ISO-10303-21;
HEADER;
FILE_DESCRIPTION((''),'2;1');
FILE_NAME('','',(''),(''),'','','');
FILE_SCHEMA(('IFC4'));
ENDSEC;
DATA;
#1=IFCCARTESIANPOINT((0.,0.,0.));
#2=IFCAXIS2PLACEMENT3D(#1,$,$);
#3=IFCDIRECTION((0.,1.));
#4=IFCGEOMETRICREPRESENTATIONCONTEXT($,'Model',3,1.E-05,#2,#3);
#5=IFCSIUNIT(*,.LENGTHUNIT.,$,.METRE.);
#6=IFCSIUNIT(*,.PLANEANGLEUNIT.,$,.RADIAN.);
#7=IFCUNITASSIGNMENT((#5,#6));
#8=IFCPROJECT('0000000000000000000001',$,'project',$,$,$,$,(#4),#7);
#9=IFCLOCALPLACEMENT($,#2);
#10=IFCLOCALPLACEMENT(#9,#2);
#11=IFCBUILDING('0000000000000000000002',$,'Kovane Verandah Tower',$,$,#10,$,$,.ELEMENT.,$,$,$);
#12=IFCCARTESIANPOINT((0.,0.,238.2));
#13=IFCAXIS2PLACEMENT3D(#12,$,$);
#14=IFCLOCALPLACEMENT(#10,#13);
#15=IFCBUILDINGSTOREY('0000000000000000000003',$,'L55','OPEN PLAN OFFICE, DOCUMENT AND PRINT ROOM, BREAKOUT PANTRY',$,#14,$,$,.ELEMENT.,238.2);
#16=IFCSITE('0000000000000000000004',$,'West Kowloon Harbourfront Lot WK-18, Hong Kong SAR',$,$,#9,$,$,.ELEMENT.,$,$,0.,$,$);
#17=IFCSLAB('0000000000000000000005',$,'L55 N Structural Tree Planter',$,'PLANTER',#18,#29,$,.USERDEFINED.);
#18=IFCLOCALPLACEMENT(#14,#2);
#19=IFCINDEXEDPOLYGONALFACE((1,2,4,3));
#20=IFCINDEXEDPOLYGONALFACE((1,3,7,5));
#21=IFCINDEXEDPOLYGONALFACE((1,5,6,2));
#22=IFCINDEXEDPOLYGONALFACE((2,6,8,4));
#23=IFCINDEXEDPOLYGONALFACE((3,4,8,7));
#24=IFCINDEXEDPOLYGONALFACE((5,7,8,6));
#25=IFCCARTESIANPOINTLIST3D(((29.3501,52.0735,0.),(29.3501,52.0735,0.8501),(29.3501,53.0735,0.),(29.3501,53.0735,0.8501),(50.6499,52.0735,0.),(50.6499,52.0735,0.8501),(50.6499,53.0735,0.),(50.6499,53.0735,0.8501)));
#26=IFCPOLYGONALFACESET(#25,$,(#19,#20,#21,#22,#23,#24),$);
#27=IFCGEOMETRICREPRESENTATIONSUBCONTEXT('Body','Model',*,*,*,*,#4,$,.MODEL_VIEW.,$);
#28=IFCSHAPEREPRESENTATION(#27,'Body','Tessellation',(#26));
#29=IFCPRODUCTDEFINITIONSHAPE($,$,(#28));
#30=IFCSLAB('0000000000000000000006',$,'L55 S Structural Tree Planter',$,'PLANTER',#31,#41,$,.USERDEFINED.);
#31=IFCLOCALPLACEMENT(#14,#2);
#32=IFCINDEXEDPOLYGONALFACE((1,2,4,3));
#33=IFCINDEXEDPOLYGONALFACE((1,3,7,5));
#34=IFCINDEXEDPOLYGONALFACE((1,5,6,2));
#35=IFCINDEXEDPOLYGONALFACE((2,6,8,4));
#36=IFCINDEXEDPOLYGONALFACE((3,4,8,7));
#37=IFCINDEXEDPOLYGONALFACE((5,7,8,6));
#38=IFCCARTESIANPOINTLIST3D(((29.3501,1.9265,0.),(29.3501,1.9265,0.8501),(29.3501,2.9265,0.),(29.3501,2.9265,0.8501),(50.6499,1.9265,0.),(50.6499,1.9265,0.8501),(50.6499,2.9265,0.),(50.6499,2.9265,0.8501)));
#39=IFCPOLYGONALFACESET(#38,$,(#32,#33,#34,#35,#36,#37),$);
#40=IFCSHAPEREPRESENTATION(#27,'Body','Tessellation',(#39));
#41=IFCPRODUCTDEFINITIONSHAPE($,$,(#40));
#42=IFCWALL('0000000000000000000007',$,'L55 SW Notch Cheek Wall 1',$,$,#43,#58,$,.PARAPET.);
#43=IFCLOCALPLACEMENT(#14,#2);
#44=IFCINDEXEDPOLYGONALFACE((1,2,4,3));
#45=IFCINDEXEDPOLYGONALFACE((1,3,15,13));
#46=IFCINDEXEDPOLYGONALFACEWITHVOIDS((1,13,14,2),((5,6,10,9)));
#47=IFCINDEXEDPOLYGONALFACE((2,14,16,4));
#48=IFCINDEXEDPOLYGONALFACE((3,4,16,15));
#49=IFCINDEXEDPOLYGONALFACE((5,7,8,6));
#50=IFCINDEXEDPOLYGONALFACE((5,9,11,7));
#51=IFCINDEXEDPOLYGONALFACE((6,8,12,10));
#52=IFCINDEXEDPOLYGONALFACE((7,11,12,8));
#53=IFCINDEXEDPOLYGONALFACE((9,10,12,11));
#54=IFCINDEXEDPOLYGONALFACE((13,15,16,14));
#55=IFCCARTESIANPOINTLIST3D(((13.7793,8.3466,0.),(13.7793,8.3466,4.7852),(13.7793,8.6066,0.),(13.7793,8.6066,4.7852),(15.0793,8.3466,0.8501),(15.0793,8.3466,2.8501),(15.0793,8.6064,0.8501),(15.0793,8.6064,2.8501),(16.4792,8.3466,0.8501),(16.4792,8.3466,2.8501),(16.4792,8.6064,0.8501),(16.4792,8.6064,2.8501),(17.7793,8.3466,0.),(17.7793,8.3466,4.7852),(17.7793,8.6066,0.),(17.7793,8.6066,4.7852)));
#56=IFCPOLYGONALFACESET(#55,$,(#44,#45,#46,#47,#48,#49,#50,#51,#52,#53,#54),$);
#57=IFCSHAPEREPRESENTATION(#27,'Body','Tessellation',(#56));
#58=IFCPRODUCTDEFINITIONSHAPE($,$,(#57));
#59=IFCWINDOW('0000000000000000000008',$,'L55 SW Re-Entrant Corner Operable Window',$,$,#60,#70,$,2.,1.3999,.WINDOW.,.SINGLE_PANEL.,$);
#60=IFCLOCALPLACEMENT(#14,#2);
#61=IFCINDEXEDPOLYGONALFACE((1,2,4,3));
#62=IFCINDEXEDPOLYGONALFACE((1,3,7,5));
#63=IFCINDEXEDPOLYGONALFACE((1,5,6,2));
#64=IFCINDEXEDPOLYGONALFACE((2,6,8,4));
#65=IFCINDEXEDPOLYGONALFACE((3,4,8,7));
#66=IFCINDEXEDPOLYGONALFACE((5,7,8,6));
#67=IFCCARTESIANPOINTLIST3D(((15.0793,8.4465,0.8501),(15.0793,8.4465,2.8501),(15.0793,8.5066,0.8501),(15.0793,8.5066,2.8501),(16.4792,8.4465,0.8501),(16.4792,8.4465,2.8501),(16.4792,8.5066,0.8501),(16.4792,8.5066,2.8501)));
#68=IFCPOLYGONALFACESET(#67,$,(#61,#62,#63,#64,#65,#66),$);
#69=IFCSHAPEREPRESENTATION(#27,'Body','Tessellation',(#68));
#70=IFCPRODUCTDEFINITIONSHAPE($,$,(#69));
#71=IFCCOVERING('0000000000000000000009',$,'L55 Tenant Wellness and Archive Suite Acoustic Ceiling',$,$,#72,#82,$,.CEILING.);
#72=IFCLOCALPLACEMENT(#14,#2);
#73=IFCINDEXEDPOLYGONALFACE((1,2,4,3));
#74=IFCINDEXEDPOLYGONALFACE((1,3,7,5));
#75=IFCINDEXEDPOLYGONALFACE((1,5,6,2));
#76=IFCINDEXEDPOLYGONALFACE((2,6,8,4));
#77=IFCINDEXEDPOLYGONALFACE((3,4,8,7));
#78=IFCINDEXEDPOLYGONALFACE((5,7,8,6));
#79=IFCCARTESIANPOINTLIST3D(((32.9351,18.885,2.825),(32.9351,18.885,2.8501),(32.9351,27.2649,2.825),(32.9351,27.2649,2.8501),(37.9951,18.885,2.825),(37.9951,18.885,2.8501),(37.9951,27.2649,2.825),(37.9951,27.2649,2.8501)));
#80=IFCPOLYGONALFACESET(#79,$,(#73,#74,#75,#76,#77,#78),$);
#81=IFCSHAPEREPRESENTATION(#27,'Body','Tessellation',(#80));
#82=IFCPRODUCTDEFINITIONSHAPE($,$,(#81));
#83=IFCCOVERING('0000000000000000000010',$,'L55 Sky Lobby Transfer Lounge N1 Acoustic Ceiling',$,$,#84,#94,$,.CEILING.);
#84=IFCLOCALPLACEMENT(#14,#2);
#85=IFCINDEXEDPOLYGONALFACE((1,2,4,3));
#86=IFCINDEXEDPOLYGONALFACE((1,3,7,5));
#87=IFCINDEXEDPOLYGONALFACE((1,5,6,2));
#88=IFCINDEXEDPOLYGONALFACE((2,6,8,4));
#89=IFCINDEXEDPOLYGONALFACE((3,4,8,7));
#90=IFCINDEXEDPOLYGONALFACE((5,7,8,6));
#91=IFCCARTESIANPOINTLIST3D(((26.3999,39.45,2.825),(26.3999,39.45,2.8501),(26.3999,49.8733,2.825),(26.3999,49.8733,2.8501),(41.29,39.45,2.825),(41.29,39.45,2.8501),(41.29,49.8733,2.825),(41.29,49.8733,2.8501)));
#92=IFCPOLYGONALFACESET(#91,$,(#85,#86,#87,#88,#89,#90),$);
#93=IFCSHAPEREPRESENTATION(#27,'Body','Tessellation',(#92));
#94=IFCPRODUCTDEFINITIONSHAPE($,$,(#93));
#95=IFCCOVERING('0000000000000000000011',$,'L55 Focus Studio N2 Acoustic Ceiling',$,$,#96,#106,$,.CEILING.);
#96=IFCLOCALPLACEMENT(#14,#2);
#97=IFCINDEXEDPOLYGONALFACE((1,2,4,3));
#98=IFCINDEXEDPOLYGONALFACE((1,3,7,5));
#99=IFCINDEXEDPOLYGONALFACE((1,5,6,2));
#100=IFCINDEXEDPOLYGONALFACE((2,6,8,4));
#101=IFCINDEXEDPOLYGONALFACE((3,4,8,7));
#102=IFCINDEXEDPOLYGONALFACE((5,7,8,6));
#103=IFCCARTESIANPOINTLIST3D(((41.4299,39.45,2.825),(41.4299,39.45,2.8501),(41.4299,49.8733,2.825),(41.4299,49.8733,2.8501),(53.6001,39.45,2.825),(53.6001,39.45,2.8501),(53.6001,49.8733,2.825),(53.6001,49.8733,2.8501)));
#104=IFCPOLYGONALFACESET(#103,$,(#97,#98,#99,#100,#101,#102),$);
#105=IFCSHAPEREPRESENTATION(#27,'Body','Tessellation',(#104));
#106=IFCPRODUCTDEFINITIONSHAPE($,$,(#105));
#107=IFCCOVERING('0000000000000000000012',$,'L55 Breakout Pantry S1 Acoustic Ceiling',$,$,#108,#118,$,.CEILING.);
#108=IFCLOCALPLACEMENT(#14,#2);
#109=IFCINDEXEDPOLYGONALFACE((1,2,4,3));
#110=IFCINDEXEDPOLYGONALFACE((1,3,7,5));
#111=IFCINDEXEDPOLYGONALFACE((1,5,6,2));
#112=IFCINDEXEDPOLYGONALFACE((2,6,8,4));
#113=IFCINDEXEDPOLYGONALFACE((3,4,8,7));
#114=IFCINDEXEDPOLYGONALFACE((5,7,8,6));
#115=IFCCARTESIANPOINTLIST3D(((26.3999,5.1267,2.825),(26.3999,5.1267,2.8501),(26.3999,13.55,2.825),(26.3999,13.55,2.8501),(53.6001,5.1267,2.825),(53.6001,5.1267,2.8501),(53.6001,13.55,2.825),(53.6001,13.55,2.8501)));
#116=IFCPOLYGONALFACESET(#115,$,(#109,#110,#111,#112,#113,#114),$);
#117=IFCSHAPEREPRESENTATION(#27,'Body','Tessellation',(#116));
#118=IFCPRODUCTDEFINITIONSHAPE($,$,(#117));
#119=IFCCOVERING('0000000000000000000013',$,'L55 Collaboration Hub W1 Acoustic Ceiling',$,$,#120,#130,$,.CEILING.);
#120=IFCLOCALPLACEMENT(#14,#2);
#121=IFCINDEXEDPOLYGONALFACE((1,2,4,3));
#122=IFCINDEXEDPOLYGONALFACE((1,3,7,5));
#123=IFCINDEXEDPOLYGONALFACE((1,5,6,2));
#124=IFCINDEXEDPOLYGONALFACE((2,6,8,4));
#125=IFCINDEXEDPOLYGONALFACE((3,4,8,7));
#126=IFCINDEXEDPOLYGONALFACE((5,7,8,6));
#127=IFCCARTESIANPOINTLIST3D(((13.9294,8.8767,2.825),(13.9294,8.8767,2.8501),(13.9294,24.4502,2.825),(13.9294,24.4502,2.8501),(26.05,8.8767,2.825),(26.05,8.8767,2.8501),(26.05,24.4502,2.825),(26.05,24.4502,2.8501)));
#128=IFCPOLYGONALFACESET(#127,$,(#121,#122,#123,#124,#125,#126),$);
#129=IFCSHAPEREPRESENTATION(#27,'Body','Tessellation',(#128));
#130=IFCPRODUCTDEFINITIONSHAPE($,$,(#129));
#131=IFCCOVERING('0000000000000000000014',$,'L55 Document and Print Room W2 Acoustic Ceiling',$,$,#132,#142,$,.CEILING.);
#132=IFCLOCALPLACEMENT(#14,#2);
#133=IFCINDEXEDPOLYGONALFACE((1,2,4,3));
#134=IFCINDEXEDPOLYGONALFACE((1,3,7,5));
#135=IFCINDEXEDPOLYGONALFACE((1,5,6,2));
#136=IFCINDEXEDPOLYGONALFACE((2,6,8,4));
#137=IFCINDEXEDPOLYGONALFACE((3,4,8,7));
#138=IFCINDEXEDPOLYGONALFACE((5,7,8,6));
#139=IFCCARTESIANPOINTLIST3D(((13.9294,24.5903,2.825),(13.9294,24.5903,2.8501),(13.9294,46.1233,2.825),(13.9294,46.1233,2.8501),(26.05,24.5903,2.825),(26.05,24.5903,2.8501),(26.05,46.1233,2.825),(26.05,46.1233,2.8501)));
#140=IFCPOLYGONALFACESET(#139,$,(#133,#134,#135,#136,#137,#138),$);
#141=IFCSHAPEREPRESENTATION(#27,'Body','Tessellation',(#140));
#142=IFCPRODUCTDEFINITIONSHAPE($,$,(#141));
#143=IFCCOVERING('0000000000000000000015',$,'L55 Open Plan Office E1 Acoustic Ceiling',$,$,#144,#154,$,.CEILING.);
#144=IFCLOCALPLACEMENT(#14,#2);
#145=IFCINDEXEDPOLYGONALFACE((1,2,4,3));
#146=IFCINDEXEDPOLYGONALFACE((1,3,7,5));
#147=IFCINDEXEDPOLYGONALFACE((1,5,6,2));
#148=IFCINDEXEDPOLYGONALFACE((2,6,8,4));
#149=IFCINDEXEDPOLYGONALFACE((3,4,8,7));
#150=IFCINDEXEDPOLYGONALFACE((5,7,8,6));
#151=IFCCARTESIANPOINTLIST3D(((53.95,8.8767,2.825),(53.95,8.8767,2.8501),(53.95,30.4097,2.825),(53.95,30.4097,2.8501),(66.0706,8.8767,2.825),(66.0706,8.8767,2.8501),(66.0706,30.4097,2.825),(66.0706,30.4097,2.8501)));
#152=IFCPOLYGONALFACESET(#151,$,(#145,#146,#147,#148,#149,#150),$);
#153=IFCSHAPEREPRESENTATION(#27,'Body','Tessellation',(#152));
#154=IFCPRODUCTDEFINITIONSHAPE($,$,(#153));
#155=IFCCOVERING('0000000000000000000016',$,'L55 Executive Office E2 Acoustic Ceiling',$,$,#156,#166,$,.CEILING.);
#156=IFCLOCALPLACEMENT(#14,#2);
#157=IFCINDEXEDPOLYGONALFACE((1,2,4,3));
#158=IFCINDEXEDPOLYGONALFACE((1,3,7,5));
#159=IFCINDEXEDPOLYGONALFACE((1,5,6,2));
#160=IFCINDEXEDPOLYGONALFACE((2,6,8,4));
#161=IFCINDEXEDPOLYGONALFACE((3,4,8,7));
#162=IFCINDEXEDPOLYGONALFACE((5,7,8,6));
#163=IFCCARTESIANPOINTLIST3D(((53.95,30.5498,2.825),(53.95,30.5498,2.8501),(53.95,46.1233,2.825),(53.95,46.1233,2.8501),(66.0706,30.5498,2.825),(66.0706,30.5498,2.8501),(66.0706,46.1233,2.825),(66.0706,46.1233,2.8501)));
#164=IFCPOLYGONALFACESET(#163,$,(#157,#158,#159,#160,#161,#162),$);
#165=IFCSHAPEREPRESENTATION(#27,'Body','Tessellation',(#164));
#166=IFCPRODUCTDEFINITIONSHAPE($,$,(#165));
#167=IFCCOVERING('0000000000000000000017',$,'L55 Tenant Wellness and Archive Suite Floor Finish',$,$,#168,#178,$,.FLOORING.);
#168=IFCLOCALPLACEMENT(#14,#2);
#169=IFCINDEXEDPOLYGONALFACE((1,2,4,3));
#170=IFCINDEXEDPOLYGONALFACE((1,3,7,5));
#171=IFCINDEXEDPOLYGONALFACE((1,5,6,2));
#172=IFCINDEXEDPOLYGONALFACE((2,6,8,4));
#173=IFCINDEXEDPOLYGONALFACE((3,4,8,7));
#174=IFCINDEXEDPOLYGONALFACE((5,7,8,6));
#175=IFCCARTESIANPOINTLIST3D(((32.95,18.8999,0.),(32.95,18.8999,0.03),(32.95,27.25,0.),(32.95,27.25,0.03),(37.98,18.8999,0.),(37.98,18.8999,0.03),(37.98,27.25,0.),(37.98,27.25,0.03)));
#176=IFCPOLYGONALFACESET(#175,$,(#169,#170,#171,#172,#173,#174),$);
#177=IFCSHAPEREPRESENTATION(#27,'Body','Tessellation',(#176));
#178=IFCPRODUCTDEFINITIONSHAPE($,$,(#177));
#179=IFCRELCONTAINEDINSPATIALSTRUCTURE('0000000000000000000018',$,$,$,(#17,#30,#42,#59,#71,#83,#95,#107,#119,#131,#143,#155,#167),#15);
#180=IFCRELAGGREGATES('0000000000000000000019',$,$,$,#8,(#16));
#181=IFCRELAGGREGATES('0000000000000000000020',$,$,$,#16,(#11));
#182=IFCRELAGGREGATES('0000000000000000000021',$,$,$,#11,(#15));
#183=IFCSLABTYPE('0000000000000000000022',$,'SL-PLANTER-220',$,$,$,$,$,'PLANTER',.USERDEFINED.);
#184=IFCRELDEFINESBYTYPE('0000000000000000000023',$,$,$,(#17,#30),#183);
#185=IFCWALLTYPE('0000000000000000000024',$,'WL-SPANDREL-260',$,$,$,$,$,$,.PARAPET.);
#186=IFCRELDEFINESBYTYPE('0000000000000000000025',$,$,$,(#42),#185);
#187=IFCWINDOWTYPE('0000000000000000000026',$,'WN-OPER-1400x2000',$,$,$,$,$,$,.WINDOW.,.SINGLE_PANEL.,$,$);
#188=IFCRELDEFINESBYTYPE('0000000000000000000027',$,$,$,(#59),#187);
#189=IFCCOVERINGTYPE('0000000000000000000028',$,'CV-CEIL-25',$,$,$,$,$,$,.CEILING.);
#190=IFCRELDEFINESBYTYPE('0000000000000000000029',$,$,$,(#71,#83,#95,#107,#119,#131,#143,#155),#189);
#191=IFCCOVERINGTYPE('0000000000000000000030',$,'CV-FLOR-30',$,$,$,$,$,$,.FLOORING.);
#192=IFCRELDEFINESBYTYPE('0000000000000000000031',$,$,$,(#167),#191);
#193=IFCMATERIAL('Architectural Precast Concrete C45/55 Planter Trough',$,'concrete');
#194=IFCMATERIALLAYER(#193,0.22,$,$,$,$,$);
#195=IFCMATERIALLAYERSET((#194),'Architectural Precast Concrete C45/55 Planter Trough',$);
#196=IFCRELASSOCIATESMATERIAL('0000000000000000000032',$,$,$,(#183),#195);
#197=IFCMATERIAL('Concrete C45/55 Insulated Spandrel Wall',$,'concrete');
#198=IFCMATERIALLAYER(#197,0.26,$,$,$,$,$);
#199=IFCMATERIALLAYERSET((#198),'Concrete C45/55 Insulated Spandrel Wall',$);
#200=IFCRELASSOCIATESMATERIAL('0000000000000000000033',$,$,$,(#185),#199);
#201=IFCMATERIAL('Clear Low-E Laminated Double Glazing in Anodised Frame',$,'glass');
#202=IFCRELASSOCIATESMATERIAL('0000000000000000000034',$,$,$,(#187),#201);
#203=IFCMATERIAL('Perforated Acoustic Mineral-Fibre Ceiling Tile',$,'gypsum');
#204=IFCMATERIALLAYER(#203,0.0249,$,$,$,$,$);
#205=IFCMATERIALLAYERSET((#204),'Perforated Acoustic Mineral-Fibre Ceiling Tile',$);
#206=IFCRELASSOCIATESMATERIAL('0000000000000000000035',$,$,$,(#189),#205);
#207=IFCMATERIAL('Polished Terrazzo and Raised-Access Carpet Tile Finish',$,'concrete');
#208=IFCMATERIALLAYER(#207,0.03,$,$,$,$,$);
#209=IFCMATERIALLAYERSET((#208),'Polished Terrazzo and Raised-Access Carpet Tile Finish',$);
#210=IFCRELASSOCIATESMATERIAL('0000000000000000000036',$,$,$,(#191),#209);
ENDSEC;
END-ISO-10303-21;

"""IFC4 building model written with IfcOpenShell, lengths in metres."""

from ifc_helpers import new_model, si_unit, direction, frame, frame_2d, origin, place, context, subcontext, project, spatial, polyline, rectangle, outline, extrude, material, layer, layer_set, type_object, element, fill, save


model = new_model("IFC4")

# Units and contexts
model_context = context("Model", 3, precision=1e-05, world=origin(), true_north=direction((0.0, 1.0)))
body_context = subcontext(model_context, "Body", "Model", "MODEL_VIEW")
ifc_project = project(units=[si_unit("LENGTHUNIT", "METRE"), si_unit("PLANEANGLEUNIT", "RADIAN")], contexts=[model_context])

# Site, building, storey
site_placement = place(None, origin())
site = spatial("IfcSite", under=ifc_project, at=site_placement, Name="West Kowloon Harbourfront Lot WK-18, Hong Kong SAR", CompositionType="ELEMENT", RefElevation=0.0)
building_placement = place(site_placement, origin())
building = spatial("IfcBuilding", under=site, at=building_placement, Name="Kovane Verandah Tower", CompositionType="ELEMENT")
storey_placement = place(building_placement, frame((0.0, 0.0, 238.2)))
storey = spatial("IfcBuildingStorey", under=building, at=storey_placement, Name="L55", Description="OPEN PLAN OFFICE, DOCUMENT AND PRINT ROOM, BREAKOUT PANTRY", CompositionType="ELEMENT", Elevation=238.2)

# Slabs
ifc_material_1 = material(Name="Architectural Precast Concrete C45/55 Planter Trough", Category="concrete")
ifc_layer_1 = layer(ifc_material_1, 0.22)
ifc_layer_set_1 = layer_set([ifc_layer_1], Name="Architectural Precast Concrete C45/55 Planter Trough")
slab_type_1 = type_object("IfcSlabType", Name="SL-PLANTER-220", ElementType="PLANTER", PredefinedType="USERDEFINED", material=ifc_layer_set_1)
slab_1_placement = place(storey_placement, origin())
element("IfcSlab", 1, at=slab_1_placement, inside=storey, type_object=slab_type_1, Name="L55 N Structural Tree Planter", ObjectType="PLANTER", PredefinedType="USERDEFINED", context=body_context, shape_type="SweptSolid", body=[
    extrude(outline(polyline([(29.3501, 52.0735), (50.6499, 52.0735), (50.6499, 53.0735), (29.3501, 53.0735), (29.3501, 52.0735)])), origin(), (0.0, 0.0, 1.0), 0.8501),
])
slab_2_placement = place(storey_placement, origin())
element("IfcSlab", 2, at=slab_2_placement, inside=storey, type_object=slab_type_1, Name="L55 S Structural Tree Planter", ObjectType="PLANTER", PredefinedType="USERDEFINED", context=body_context, shape_type="SweptSolid", body=[
    extrude(outline(polyline([(29.3501, 1.9265), (50.6499, 1.9265), (50.6499, 2.9265), (29.3501, 2.9265), (29.3501, 1.9265)])), origin(), (0.0, 0.0, 1.0), 0.8501),
])

# Wall, opening, window
ifc_material_2 = material(Name="Concrete C45/55 Insulated Spandrel Wall", Category="concrete")
ifc_layer_2 = layer(ifc_material_2, 0.26)
ifc_layer_set_2 = layer_set([ifc_layer_2], Name="Concrete C45/55 Insulated Spandrel Wall")
wall_type = type_object("IfcWallType", Name="WL-SPANDREL-260", PredefinedType="PARAPET", material=ifc_layer_set_2)
wall_placement = place(storey_placement, frame((13.7793, 8.4766, 0.0), z_axis=(0.0, 0.0, 1.0), x_axis=(1.0, 0.0, 0.0)))
wall = element("IfcWall", 3, at=wall_placement, inside=storey, type_object=wall_type, Name="L55 SW Notch Cheek Wall 1", PredefinedType="PARAPET", context=body_context, shape_type="SweptSolid", body=[
    extrude(rectangle(XDim=4.0, YDim=0.26, at=frame_2d((2.0, 0.0))), origin(), (0.0, 0.0, 1.0), 4.7852),
])
opening_placement = place(wall_placement, frame((1.3, 0.0, 0.8501)))
opening = element("IfcOpeningElement", 4, at=opening_placement, cuts=wall, PredefinedType="OPENING", context=body_context, shape_type="SweptSolid", body=[
    extrude(rectangle(XDim=1.3999, YDim=2.0, at=frame_2d((0.7, 1.0))), frame((0.0, 0.1299, 0.0), z_axis=(0.0, -1.0, 0.0), x_axis=(1.0, 0.0, 0.0)), (0.0, 0.0, 1.0), 0.26),
])
ifc_material_3 = material(Name="Clear Low-E Laminated Double Glazing in Anodised Frame", Category="glass")
window_type = type_object("IfcWindowType", Name="WN-OPER-1400x2000", PartitioningType="SINGLE_PANEL", PredefinedType="WINDOW", material=ifc_material_3)
window_placement = place(opening_placement, origin())
window = element("IfcWindow", 5, at=window_placement, inside=storey, type_object=window_type, Name="L55 SW Re-Entrant Corner Operable Window", OverallHeight=2.0, OverallWidth=1.3999, PartitioningType="SINGLE_PANEL", PredefinedType="WINDOW", context=body_context, shape_type="SweptSolid", body=[
    extrude(rectangle(XDim=1.3999, YDim=2.0, at=frame_2d((0.7, 1.0))), frame((0.0, 0.03, 0.0), z_axis=(0.0, -1.0, 0.0), x_axis=(1.0, 0.0, 0.0)), (0.0, 0.0, 1.0), 0.0601),
])
fill(opening, window)

# Coverings
ifc_material_4 = material(Name="Perforated Acoustic Mineral-Fibre Ceiling Tile", Category="gypsum")
ifc_layer_3 = layer(ifc_material_4, 0.0249)
ifc_layer_set_3 = layer_set([ifc_layer_3], Name="Perforated Acoustic Mineral-Fibre Ceiling Tile")
covering_type_1 = type_object("IfcCoveringType", Name="CV-CEIL-25", PredefinedType="CEILING", material=ifc_layer_set_3)
covering_1_placement = place(storey_placement, frame((0.0, 0.0, 2.825)))
element("IfcCovering", 6, at=covering_1_placement, inside=storey, type_object=covering_type_1, Name="L55 Tenant Wellness and Archive Suite Acoustic Ceiling", PredefinedType="CEILING", context=body_context, shape_type="SweptSolid", body=[
    extrude(outline(polyline([(32.9351, 18.885), (37.9951, 18.885), (37.9951, 27.2649), (32.9351, 27.2649), (32.9351, 18.885)])), origin(), (0.0, 0.0, 1.0), 0.0251),
])
covering_2_placement = place(storey_placement, frame((0.0, 0.0, 2.825)))
element("IfcCovering", 7, at=covering_2_placement, inside=storey, type_object=covering_type_1, Name="L55 Sky Lobby Transfer Lounge N1 Acoustic Ceiling", PredefinedType="CEILING", context=body_context, shape_type="SweptSolid", body=[
    extrude(outline(polyline([(26.3999, 39.45), (41.29, 39.45), (41.29, 49.8733), (26.3999, 49.8733), (26.3999, 39.45)])), origin(), (0.0, 0.0, 1.0), 0.0251),
])
covering_3_placement = place(storey_placement, frame((0.0, 0.0, 2.825)))
element("IfcCovering", 8, at=covering_3_placement, inside=storey, type_object=covering_type_1, Name="L55 Focus Studio N2 Acoustic Ceiling", PredefinedType="CEILING", context=body_context, shape_type="SweptSolid", body=[
    extrude(outline(polyline([(41.4299, 39.45), (53.6001, 39.45), (53.6001, 49.8733), (41.4299, 49.8733), (41.4299, 39.45)])), origin(), (0.0, 0.0, 1.0), 0.0251),
])
covering_4_placement = place(storey_placement, frame((0.0, 0.0, 2.825)))
element("IfcCovering", 9, at=covering_4_placement, inside=storey, type_object=covering_type_1, Name="L55 Breakout Pantry S1 Acoustic Ceiling", PredefinedType="CEILING", context=body_context, shape_type="SweptSolid", body=[
    extrude(outline(polyline([(26.3999, 5.1267), (53.6001, 5.1267), (53.6001, 13.55), (26.3999, 13.55), (26.3999, 5.1267)])), origin(), (0.0, 0.0, 1.0), 0.0251),
])
covering_5_placement = place(storey_placement, frame((0.0, 0.0, 2.825)))
element("IfcCovering", 10, at=covering_5_placement, inside=storey, type_object=covering_type_1, Name="L55 Collaboration Hub W1 Acoustic Ceiling", PredefinedType="CEILING", context=body_context, shape_type="SweptSolid", body=[
    extrude(outline(polyline([(13.9294, 8.8767), (26.05, 8.8767), (26.05, 24.4502), (13.9294, 24.4502), (13.9294, 8.8767)])), origin(), (0.0, 0.0, 1.0), 0.0251),
])
covering_6_placement = place(storey_placement, frame((0.0, 0.0, 2.825)))
element("IfcCovering", 11, at=covering_6_placement, inside=storey, type_object=covering_type_1, Name="L55 Document and Print Room W2 Acoustic Ceiling", PredefinedType="CEILING", context=body_context, shape_type="SweptSolid", body=[
    extrude(outline(polyline([(13.9294, 24.5903), (26.05, 24.5903), (26.05, 46.1233), (13.9294, 46.1233), (13.9294, 24.5903)])), origin(), (0.0, 0.0, 1.0), 0.0251),
])
covering_7_placement = place(storey_placement, frame((0.0, 0.0, 2.825)))
element("IfcCovering", 12, at=covering_7_placement, inside=storey, type_object=covering_type_1, Name="L55 Open Plan Office E1 Acoustic Ceiling", PredefinedType="CEILING", context=body_context, shape_type="SweptSolid", body=[
    extrude(outline(polyline([(53.95, 8.8767), (66.0706, 8.8767), (66.0706, 30.4097), (53.95, 30.4097), (53.95, 8.8767)])), origin(), (0.0, 0.0, 1.0), 0.0251),
])
covering_8_placement = place(storey_placement, frame((0.0, 0.0, 2.825)))
element("IfcCovering", 13, at=covering_8_placement, inside=storey, type_object=covering_type_1, Name="L55 Executive Office E2 Acoustic Ceiling", PredefinedType="CEILING", context=body_context, shape_type="SweptSolid", body=[
    extrude(outline(polyline([(53.95, 30.5498), (66.0706, 30.5498), (66.0706, 46.1233), (53.95, 46.1233), (53.95, 30.5498)])), origin(), (0.0, 0.0, 1.0), 0.0251),
])
ifc_material_5 = material(Name="Polished Terrazzo and Raised-Access Carpet Tile Finish", Category="concrete")
ifc_layer_4 = layer(ifc_material_5, 0.03)
ifc_layer_set_4 = layer_set([ifc_layer_4], Name="Polished Terrazzo and Raised-Access Carpet Tile Finish")
covering_type_2 = type_object("IfcCoveringType", Name="CV-FLOR-30", PredefinedType="FLOORING", material=ifc_layer_set_4)
covering_9_placement = place(storey_placement, origin())
element("IfcCovering", 14, at=covering_9_placement, inside=storey, type_object=covering_type_2, Name="L55 Tenant Wellness and Archive Suite Floor Finish", PredefinedType="FLOORING", context=body_context, shape_type="SweptSolid", body=[
    extrude(outline(polyline([(32.95, 18.8999), (37.98, 18.8999), (37.98, 27.25), (32.95, 27.25), (32.95, 18.8999)])), origin(), (0.0, 0.0, 1.0), 0.03),
])

save(model, "model.ifc")
